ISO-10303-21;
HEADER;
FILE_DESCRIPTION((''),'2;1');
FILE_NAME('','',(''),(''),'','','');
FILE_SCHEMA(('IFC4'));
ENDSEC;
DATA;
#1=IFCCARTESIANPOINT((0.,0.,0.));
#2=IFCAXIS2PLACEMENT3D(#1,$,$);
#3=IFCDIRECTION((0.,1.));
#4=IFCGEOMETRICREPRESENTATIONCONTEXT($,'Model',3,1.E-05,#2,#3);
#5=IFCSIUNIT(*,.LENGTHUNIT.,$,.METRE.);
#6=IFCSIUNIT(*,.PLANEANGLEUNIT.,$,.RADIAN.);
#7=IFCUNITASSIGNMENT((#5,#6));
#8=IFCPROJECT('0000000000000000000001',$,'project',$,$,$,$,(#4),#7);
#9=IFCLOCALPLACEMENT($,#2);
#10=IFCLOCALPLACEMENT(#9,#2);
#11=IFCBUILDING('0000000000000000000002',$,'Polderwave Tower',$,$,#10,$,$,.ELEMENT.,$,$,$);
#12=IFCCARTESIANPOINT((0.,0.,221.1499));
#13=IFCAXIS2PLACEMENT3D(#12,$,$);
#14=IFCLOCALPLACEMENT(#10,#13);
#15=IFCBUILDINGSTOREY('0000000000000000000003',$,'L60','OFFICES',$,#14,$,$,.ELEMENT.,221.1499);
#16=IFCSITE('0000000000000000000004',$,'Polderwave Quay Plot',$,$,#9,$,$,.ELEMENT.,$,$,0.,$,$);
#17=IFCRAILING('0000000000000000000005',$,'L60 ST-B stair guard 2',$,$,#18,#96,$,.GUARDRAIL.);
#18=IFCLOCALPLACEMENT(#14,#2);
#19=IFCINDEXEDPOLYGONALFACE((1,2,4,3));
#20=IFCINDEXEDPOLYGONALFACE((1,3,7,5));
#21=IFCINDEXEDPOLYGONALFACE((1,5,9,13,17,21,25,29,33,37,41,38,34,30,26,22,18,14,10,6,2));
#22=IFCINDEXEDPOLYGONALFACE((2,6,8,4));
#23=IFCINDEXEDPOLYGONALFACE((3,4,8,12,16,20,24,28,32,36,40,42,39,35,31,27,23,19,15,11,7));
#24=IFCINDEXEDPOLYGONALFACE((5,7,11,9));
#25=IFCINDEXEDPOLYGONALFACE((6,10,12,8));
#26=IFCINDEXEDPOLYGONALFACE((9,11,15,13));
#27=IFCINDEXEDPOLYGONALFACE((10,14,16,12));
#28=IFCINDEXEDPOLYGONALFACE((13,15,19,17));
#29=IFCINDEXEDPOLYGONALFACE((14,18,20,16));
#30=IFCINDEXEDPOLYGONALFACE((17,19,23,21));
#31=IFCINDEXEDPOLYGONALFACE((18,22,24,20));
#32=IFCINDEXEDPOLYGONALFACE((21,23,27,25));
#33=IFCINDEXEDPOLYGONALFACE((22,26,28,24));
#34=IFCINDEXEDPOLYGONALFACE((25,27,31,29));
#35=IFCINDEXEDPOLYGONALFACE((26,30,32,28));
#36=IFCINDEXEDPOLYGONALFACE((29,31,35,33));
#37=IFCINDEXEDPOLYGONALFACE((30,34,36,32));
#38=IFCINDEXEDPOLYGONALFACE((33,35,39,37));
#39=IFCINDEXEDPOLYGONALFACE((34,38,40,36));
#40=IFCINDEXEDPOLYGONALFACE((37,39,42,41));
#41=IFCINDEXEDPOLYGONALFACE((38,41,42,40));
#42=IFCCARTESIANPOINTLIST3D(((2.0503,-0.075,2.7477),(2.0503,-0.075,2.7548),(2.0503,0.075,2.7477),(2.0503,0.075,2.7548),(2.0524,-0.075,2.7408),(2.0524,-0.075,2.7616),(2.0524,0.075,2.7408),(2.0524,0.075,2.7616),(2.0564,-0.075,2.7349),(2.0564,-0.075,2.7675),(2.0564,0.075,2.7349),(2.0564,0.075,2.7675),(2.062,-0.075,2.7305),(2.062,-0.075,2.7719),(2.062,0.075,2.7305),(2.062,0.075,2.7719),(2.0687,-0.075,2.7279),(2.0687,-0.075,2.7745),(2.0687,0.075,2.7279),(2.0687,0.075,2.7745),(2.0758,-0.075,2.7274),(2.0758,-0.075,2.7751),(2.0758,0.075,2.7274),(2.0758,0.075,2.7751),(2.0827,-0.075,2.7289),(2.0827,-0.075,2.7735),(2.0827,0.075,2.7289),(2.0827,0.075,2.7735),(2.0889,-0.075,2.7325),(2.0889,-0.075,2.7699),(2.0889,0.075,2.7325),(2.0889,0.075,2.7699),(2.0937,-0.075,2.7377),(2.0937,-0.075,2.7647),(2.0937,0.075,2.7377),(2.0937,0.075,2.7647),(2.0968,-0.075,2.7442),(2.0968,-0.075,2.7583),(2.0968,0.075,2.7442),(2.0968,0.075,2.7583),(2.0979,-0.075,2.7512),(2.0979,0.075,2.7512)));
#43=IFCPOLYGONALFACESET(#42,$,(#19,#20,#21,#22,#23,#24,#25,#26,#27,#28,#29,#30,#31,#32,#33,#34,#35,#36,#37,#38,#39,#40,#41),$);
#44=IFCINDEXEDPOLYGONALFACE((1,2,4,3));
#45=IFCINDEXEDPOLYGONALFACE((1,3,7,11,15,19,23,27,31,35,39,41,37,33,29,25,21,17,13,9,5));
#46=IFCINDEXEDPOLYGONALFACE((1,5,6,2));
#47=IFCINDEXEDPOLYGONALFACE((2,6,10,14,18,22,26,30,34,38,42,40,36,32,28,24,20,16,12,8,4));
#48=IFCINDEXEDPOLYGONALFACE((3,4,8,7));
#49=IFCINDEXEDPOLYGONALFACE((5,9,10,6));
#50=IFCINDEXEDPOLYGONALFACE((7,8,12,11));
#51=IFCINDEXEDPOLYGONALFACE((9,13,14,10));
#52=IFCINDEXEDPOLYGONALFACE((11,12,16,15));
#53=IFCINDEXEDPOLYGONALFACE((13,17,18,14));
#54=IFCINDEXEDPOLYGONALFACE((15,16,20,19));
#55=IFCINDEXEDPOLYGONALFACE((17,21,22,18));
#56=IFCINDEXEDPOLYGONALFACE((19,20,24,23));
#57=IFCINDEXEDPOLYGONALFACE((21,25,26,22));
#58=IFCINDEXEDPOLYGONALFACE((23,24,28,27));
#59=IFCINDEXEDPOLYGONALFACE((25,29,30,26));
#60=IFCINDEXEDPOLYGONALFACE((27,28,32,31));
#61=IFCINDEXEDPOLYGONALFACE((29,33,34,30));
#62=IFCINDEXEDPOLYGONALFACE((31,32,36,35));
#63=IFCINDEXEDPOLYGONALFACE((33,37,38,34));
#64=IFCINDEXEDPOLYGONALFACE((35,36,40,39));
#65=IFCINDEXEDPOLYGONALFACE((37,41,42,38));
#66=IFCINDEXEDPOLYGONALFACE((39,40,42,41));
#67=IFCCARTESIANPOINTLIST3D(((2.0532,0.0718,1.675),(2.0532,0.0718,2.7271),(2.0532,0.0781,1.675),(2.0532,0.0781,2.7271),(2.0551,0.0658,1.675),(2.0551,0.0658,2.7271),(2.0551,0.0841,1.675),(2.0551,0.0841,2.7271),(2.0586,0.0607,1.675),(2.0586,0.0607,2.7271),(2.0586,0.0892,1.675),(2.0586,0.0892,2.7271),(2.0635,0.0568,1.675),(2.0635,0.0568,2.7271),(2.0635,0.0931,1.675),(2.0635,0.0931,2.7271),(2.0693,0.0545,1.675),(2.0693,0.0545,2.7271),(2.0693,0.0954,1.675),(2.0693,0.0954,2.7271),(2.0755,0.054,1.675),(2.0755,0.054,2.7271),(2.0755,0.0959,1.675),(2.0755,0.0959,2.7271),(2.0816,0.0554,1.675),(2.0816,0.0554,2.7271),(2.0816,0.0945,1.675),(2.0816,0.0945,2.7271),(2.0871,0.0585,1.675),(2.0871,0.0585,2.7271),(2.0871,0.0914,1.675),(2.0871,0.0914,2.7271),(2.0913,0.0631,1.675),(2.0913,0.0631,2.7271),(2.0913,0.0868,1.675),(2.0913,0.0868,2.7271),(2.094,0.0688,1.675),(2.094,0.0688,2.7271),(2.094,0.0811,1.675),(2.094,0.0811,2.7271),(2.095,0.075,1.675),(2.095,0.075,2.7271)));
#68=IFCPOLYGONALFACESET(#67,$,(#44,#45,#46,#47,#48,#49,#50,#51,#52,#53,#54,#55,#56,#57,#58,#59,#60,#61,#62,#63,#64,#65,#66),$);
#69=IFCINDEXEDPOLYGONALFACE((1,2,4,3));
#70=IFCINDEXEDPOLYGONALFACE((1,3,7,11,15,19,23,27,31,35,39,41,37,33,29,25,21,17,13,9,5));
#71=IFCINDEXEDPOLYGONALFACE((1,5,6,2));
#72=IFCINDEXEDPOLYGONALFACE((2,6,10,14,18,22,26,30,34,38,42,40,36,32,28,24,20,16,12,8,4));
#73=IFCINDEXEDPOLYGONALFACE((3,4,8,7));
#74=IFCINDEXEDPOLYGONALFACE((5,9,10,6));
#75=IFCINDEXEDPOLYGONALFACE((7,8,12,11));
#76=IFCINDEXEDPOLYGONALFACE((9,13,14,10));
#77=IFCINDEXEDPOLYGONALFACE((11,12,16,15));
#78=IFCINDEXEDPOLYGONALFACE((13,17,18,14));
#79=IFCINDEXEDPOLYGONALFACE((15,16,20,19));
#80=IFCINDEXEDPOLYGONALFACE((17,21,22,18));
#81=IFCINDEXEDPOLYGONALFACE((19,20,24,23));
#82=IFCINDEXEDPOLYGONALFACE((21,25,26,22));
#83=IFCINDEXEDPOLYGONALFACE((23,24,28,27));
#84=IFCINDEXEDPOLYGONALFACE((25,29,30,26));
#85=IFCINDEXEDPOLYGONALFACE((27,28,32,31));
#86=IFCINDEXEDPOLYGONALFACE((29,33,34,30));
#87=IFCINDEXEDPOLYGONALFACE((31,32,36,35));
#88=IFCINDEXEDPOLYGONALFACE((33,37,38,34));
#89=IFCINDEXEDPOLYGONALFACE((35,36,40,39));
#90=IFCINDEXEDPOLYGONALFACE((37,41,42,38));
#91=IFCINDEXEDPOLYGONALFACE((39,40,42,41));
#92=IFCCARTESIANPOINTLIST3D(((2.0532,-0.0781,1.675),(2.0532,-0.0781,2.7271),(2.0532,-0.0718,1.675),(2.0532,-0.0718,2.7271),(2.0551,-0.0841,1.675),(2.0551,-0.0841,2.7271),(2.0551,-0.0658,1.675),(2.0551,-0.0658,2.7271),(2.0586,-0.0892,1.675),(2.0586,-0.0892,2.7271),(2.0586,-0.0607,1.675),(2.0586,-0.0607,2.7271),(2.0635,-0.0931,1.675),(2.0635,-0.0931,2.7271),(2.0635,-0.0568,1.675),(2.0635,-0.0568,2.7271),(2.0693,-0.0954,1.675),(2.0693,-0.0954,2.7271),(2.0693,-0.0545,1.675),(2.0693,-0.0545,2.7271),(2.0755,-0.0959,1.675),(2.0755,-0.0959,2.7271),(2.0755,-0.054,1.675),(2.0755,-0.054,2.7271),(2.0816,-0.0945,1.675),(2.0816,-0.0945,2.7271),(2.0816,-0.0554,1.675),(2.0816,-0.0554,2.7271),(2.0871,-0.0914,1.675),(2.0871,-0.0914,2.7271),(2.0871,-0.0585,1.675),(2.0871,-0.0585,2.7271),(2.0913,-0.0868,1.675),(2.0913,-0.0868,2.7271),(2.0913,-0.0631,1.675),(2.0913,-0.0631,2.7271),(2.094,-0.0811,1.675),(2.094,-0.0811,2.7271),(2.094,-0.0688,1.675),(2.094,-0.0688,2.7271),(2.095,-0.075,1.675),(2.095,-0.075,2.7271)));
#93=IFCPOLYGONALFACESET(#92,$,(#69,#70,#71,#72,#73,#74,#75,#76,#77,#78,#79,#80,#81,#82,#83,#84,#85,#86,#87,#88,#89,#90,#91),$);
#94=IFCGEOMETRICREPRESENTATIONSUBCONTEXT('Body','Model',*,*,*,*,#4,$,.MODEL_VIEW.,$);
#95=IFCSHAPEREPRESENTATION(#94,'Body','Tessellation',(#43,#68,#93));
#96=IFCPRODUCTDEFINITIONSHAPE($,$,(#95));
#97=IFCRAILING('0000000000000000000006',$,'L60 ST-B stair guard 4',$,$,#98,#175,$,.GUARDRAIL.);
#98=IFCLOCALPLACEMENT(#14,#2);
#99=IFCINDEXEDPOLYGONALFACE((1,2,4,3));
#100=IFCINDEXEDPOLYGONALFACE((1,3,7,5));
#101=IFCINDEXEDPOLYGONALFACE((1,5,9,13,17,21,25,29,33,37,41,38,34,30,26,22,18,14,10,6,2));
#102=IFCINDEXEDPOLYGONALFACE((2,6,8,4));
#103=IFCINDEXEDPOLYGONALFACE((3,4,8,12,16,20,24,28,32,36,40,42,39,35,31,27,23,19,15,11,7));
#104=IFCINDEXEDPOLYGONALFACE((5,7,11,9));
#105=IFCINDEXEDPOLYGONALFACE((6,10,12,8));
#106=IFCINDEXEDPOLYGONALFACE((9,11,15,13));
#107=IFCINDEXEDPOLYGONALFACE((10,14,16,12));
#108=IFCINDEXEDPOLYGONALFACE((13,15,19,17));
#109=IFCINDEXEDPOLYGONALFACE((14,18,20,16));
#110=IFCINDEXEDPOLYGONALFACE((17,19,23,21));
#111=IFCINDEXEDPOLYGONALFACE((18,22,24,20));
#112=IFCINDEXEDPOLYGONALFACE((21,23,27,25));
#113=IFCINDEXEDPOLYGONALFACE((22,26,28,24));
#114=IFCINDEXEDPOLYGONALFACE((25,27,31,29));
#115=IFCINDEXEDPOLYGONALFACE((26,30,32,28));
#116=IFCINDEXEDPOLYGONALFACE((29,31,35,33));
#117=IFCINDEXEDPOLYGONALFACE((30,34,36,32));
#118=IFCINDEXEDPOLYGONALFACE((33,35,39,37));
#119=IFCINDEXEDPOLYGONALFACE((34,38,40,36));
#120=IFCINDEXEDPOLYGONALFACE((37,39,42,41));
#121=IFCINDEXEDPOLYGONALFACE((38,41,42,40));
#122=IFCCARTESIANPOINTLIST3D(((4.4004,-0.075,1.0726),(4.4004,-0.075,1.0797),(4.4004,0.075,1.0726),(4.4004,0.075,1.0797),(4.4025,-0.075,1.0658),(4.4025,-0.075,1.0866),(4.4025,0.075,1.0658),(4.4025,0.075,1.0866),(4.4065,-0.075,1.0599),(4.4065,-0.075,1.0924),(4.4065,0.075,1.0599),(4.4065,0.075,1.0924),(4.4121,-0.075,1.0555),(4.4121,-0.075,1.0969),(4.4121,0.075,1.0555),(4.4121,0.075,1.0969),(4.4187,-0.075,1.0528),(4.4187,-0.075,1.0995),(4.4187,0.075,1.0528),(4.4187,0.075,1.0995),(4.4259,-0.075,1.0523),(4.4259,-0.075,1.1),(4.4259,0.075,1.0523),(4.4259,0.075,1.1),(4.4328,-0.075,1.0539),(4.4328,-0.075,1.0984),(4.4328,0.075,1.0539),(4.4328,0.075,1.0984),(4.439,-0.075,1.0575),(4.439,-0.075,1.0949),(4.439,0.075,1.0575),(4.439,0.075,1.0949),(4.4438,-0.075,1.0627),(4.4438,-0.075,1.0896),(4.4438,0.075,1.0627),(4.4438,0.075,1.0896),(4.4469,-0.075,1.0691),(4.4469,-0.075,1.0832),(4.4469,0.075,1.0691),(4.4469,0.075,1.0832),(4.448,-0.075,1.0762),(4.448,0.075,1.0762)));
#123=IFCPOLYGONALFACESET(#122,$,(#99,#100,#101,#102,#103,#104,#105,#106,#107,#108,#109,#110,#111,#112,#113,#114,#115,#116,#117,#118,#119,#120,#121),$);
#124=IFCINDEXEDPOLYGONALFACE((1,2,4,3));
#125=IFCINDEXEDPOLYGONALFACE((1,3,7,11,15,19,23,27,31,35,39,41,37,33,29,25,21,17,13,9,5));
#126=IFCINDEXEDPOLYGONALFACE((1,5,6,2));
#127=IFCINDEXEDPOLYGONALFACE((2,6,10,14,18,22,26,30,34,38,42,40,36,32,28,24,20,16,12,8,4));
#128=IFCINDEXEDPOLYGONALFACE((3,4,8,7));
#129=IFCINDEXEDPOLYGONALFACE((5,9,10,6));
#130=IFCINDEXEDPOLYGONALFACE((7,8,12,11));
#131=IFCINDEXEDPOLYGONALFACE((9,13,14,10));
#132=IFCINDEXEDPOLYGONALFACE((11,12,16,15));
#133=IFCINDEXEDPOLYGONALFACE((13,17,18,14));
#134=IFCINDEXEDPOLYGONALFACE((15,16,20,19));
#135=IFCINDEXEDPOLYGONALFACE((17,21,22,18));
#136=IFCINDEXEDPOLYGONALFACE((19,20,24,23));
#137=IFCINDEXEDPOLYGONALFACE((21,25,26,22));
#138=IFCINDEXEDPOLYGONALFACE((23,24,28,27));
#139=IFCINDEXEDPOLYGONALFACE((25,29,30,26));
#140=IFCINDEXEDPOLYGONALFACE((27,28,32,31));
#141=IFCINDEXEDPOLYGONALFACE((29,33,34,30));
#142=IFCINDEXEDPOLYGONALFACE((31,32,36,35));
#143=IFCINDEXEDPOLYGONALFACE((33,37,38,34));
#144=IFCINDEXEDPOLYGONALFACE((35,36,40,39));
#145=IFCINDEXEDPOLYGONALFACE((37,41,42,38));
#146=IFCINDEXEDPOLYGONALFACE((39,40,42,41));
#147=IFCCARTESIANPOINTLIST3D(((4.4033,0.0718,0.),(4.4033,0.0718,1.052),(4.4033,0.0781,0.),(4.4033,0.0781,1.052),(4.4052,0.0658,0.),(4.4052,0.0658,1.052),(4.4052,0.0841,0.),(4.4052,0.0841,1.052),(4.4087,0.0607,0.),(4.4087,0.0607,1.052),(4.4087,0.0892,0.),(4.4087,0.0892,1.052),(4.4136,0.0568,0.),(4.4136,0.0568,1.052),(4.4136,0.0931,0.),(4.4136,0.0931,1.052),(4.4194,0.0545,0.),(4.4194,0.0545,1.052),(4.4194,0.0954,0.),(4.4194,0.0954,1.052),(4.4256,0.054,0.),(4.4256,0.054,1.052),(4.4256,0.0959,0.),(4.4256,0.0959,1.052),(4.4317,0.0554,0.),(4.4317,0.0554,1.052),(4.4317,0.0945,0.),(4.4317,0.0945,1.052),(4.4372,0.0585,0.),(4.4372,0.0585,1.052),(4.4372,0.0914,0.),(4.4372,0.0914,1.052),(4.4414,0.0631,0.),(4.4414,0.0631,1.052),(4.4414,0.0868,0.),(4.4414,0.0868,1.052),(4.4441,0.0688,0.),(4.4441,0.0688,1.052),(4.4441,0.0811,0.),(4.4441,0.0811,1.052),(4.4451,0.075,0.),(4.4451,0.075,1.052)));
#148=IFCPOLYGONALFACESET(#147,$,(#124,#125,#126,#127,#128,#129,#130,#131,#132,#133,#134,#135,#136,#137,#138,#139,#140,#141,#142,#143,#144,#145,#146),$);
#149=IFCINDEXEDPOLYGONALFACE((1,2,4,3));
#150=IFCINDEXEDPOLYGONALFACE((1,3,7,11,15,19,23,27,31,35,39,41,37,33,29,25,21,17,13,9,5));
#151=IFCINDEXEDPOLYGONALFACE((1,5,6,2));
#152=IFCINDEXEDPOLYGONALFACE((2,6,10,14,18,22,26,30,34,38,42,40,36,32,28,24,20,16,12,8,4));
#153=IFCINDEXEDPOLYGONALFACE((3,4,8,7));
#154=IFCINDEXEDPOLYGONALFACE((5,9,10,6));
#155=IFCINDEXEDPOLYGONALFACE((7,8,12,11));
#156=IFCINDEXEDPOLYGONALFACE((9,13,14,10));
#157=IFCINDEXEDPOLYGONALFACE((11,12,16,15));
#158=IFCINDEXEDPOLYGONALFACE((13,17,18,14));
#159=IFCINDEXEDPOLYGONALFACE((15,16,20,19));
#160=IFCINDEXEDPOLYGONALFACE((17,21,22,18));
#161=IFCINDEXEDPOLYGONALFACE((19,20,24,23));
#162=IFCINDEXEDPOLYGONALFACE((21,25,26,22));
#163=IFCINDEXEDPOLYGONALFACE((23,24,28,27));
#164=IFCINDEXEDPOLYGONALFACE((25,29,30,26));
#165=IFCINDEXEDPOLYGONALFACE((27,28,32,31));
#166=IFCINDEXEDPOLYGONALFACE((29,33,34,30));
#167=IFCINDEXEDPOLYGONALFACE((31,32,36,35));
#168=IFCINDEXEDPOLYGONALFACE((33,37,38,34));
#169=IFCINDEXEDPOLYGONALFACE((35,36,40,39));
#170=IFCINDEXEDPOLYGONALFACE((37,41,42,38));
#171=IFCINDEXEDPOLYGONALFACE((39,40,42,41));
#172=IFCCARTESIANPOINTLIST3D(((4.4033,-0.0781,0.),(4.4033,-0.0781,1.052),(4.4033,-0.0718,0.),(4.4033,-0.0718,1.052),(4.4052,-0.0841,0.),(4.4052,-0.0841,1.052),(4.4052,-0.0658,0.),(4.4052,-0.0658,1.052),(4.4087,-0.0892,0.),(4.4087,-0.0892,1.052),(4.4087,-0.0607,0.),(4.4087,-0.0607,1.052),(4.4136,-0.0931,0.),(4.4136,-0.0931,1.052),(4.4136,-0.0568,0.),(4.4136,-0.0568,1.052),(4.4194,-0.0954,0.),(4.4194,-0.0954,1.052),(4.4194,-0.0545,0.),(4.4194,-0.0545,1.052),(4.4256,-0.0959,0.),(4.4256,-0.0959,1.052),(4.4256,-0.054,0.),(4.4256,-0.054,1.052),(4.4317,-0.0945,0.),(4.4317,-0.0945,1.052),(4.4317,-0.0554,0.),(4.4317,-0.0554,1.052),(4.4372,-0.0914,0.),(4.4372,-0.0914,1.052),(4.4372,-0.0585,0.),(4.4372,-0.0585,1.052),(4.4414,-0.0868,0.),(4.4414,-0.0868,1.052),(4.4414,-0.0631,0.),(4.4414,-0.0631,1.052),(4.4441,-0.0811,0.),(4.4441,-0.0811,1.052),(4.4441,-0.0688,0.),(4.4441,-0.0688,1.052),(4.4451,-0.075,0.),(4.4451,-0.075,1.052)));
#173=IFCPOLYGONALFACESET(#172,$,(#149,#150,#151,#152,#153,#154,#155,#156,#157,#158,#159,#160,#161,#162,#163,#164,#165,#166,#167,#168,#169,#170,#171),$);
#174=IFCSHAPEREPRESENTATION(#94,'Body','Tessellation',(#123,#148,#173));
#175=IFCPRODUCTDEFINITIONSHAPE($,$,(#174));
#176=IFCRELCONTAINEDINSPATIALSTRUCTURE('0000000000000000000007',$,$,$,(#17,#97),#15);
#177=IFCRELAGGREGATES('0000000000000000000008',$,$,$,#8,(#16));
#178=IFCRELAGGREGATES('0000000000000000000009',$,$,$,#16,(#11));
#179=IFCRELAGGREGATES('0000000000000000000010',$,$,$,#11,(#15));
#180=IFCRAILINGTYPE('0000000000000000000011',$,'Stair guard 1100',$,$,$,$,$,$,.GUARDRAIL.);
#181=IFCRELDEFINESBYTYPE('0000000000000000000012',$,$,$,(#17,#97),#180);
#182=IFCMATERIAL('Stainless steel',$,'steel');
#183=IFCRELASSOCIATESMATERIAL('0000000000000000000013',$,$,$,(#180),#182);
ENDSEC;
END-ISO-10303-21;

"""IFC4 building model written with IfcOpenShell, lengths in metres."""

from ifc_helpers import new_model, si_unit, direction, frame, origin, origin_2d, place, context, subcontext, project, spatial, circle, extrude, material, type_object, element, save


model = new_model("IFC4")

# Units and contexts
model_context = context("Model", 3, precision=1e-05, world=origin(), true_north=direction((0.0, 1.0)))
body_context = subcontext(model_context, "Body", "Model", "MODEL_VIEW")
ifc_project = project(units=[si_unit("LENGTHUNIT", "METRE"), si_unit("PLANEANGLEUNIT", "RADIAN")], contexts=[model_context])

# Site, building, storey
site_placement = place(None, origin())
site = spatial("IfcSite", under=ifc_project, at=site_placement, Name="Polderwave Quay Plot", CompositionType="ELEMENT", RefElevation=0.0)
building_placement = place(site_placement, origin())
building = spatial("IfcBuilding", under=site, at=building_placement, Name="Polderwave Tower", CompositionType="ELEMENT")
storey_placement = place(building_placement, frame((0.0, 0.0, 221.1499)))
storey = spatial("IfcBuildingStorey", under=building, at=storey_placement, Name="L60", Description="OFFICES", CompositionType="ELEMENT", Elevation=221.1499)

# Railings
ifc_material_1 = material(Name="Stainless steel", Category="steel")
railing_type_1 = type_object("IfcRailingType", Name="Stair guard 1100", PredefinedType="GUARDRAIL", material=ifc_material_1)
for number, where, name in (
    (1, (2.074, 0.075, 1.675), "L60 ST-B stair guard 2"),
    (2, (4.4241, 0.075, 0.0), "L60 ST-B stair guard 4"),
):
    element("IfcRailing", number, at=place(storey_placement, frame(where)), inside=storey, type_object=railing_type_1, Name=name, PredefinedType="GUARDRAIL", context=body_context, shape_type="SweptSolid", body=[
        extrude(circle(Radius=0.0239, at=origin_2d()), frame((0.0, 0.0, 1.0762), z_axis=(0.0, -1.0, 0.0), x_axis=(1.0, 0.0, 0.0)), (0.0, 0.0, 1.0), 0.1499),
        extrude(circle(Radius=0.021, at=origin_2d()), origin(), (0.0, 0.0, 1.0), 1.052),
        extrude(circle(Radius=0.021, at=origin_2d()), frame((0.0, -0.1499, 0.0)), (0.0, 0.0, 1.0), 1.052),
    ])

save(model, "model.ifc")
